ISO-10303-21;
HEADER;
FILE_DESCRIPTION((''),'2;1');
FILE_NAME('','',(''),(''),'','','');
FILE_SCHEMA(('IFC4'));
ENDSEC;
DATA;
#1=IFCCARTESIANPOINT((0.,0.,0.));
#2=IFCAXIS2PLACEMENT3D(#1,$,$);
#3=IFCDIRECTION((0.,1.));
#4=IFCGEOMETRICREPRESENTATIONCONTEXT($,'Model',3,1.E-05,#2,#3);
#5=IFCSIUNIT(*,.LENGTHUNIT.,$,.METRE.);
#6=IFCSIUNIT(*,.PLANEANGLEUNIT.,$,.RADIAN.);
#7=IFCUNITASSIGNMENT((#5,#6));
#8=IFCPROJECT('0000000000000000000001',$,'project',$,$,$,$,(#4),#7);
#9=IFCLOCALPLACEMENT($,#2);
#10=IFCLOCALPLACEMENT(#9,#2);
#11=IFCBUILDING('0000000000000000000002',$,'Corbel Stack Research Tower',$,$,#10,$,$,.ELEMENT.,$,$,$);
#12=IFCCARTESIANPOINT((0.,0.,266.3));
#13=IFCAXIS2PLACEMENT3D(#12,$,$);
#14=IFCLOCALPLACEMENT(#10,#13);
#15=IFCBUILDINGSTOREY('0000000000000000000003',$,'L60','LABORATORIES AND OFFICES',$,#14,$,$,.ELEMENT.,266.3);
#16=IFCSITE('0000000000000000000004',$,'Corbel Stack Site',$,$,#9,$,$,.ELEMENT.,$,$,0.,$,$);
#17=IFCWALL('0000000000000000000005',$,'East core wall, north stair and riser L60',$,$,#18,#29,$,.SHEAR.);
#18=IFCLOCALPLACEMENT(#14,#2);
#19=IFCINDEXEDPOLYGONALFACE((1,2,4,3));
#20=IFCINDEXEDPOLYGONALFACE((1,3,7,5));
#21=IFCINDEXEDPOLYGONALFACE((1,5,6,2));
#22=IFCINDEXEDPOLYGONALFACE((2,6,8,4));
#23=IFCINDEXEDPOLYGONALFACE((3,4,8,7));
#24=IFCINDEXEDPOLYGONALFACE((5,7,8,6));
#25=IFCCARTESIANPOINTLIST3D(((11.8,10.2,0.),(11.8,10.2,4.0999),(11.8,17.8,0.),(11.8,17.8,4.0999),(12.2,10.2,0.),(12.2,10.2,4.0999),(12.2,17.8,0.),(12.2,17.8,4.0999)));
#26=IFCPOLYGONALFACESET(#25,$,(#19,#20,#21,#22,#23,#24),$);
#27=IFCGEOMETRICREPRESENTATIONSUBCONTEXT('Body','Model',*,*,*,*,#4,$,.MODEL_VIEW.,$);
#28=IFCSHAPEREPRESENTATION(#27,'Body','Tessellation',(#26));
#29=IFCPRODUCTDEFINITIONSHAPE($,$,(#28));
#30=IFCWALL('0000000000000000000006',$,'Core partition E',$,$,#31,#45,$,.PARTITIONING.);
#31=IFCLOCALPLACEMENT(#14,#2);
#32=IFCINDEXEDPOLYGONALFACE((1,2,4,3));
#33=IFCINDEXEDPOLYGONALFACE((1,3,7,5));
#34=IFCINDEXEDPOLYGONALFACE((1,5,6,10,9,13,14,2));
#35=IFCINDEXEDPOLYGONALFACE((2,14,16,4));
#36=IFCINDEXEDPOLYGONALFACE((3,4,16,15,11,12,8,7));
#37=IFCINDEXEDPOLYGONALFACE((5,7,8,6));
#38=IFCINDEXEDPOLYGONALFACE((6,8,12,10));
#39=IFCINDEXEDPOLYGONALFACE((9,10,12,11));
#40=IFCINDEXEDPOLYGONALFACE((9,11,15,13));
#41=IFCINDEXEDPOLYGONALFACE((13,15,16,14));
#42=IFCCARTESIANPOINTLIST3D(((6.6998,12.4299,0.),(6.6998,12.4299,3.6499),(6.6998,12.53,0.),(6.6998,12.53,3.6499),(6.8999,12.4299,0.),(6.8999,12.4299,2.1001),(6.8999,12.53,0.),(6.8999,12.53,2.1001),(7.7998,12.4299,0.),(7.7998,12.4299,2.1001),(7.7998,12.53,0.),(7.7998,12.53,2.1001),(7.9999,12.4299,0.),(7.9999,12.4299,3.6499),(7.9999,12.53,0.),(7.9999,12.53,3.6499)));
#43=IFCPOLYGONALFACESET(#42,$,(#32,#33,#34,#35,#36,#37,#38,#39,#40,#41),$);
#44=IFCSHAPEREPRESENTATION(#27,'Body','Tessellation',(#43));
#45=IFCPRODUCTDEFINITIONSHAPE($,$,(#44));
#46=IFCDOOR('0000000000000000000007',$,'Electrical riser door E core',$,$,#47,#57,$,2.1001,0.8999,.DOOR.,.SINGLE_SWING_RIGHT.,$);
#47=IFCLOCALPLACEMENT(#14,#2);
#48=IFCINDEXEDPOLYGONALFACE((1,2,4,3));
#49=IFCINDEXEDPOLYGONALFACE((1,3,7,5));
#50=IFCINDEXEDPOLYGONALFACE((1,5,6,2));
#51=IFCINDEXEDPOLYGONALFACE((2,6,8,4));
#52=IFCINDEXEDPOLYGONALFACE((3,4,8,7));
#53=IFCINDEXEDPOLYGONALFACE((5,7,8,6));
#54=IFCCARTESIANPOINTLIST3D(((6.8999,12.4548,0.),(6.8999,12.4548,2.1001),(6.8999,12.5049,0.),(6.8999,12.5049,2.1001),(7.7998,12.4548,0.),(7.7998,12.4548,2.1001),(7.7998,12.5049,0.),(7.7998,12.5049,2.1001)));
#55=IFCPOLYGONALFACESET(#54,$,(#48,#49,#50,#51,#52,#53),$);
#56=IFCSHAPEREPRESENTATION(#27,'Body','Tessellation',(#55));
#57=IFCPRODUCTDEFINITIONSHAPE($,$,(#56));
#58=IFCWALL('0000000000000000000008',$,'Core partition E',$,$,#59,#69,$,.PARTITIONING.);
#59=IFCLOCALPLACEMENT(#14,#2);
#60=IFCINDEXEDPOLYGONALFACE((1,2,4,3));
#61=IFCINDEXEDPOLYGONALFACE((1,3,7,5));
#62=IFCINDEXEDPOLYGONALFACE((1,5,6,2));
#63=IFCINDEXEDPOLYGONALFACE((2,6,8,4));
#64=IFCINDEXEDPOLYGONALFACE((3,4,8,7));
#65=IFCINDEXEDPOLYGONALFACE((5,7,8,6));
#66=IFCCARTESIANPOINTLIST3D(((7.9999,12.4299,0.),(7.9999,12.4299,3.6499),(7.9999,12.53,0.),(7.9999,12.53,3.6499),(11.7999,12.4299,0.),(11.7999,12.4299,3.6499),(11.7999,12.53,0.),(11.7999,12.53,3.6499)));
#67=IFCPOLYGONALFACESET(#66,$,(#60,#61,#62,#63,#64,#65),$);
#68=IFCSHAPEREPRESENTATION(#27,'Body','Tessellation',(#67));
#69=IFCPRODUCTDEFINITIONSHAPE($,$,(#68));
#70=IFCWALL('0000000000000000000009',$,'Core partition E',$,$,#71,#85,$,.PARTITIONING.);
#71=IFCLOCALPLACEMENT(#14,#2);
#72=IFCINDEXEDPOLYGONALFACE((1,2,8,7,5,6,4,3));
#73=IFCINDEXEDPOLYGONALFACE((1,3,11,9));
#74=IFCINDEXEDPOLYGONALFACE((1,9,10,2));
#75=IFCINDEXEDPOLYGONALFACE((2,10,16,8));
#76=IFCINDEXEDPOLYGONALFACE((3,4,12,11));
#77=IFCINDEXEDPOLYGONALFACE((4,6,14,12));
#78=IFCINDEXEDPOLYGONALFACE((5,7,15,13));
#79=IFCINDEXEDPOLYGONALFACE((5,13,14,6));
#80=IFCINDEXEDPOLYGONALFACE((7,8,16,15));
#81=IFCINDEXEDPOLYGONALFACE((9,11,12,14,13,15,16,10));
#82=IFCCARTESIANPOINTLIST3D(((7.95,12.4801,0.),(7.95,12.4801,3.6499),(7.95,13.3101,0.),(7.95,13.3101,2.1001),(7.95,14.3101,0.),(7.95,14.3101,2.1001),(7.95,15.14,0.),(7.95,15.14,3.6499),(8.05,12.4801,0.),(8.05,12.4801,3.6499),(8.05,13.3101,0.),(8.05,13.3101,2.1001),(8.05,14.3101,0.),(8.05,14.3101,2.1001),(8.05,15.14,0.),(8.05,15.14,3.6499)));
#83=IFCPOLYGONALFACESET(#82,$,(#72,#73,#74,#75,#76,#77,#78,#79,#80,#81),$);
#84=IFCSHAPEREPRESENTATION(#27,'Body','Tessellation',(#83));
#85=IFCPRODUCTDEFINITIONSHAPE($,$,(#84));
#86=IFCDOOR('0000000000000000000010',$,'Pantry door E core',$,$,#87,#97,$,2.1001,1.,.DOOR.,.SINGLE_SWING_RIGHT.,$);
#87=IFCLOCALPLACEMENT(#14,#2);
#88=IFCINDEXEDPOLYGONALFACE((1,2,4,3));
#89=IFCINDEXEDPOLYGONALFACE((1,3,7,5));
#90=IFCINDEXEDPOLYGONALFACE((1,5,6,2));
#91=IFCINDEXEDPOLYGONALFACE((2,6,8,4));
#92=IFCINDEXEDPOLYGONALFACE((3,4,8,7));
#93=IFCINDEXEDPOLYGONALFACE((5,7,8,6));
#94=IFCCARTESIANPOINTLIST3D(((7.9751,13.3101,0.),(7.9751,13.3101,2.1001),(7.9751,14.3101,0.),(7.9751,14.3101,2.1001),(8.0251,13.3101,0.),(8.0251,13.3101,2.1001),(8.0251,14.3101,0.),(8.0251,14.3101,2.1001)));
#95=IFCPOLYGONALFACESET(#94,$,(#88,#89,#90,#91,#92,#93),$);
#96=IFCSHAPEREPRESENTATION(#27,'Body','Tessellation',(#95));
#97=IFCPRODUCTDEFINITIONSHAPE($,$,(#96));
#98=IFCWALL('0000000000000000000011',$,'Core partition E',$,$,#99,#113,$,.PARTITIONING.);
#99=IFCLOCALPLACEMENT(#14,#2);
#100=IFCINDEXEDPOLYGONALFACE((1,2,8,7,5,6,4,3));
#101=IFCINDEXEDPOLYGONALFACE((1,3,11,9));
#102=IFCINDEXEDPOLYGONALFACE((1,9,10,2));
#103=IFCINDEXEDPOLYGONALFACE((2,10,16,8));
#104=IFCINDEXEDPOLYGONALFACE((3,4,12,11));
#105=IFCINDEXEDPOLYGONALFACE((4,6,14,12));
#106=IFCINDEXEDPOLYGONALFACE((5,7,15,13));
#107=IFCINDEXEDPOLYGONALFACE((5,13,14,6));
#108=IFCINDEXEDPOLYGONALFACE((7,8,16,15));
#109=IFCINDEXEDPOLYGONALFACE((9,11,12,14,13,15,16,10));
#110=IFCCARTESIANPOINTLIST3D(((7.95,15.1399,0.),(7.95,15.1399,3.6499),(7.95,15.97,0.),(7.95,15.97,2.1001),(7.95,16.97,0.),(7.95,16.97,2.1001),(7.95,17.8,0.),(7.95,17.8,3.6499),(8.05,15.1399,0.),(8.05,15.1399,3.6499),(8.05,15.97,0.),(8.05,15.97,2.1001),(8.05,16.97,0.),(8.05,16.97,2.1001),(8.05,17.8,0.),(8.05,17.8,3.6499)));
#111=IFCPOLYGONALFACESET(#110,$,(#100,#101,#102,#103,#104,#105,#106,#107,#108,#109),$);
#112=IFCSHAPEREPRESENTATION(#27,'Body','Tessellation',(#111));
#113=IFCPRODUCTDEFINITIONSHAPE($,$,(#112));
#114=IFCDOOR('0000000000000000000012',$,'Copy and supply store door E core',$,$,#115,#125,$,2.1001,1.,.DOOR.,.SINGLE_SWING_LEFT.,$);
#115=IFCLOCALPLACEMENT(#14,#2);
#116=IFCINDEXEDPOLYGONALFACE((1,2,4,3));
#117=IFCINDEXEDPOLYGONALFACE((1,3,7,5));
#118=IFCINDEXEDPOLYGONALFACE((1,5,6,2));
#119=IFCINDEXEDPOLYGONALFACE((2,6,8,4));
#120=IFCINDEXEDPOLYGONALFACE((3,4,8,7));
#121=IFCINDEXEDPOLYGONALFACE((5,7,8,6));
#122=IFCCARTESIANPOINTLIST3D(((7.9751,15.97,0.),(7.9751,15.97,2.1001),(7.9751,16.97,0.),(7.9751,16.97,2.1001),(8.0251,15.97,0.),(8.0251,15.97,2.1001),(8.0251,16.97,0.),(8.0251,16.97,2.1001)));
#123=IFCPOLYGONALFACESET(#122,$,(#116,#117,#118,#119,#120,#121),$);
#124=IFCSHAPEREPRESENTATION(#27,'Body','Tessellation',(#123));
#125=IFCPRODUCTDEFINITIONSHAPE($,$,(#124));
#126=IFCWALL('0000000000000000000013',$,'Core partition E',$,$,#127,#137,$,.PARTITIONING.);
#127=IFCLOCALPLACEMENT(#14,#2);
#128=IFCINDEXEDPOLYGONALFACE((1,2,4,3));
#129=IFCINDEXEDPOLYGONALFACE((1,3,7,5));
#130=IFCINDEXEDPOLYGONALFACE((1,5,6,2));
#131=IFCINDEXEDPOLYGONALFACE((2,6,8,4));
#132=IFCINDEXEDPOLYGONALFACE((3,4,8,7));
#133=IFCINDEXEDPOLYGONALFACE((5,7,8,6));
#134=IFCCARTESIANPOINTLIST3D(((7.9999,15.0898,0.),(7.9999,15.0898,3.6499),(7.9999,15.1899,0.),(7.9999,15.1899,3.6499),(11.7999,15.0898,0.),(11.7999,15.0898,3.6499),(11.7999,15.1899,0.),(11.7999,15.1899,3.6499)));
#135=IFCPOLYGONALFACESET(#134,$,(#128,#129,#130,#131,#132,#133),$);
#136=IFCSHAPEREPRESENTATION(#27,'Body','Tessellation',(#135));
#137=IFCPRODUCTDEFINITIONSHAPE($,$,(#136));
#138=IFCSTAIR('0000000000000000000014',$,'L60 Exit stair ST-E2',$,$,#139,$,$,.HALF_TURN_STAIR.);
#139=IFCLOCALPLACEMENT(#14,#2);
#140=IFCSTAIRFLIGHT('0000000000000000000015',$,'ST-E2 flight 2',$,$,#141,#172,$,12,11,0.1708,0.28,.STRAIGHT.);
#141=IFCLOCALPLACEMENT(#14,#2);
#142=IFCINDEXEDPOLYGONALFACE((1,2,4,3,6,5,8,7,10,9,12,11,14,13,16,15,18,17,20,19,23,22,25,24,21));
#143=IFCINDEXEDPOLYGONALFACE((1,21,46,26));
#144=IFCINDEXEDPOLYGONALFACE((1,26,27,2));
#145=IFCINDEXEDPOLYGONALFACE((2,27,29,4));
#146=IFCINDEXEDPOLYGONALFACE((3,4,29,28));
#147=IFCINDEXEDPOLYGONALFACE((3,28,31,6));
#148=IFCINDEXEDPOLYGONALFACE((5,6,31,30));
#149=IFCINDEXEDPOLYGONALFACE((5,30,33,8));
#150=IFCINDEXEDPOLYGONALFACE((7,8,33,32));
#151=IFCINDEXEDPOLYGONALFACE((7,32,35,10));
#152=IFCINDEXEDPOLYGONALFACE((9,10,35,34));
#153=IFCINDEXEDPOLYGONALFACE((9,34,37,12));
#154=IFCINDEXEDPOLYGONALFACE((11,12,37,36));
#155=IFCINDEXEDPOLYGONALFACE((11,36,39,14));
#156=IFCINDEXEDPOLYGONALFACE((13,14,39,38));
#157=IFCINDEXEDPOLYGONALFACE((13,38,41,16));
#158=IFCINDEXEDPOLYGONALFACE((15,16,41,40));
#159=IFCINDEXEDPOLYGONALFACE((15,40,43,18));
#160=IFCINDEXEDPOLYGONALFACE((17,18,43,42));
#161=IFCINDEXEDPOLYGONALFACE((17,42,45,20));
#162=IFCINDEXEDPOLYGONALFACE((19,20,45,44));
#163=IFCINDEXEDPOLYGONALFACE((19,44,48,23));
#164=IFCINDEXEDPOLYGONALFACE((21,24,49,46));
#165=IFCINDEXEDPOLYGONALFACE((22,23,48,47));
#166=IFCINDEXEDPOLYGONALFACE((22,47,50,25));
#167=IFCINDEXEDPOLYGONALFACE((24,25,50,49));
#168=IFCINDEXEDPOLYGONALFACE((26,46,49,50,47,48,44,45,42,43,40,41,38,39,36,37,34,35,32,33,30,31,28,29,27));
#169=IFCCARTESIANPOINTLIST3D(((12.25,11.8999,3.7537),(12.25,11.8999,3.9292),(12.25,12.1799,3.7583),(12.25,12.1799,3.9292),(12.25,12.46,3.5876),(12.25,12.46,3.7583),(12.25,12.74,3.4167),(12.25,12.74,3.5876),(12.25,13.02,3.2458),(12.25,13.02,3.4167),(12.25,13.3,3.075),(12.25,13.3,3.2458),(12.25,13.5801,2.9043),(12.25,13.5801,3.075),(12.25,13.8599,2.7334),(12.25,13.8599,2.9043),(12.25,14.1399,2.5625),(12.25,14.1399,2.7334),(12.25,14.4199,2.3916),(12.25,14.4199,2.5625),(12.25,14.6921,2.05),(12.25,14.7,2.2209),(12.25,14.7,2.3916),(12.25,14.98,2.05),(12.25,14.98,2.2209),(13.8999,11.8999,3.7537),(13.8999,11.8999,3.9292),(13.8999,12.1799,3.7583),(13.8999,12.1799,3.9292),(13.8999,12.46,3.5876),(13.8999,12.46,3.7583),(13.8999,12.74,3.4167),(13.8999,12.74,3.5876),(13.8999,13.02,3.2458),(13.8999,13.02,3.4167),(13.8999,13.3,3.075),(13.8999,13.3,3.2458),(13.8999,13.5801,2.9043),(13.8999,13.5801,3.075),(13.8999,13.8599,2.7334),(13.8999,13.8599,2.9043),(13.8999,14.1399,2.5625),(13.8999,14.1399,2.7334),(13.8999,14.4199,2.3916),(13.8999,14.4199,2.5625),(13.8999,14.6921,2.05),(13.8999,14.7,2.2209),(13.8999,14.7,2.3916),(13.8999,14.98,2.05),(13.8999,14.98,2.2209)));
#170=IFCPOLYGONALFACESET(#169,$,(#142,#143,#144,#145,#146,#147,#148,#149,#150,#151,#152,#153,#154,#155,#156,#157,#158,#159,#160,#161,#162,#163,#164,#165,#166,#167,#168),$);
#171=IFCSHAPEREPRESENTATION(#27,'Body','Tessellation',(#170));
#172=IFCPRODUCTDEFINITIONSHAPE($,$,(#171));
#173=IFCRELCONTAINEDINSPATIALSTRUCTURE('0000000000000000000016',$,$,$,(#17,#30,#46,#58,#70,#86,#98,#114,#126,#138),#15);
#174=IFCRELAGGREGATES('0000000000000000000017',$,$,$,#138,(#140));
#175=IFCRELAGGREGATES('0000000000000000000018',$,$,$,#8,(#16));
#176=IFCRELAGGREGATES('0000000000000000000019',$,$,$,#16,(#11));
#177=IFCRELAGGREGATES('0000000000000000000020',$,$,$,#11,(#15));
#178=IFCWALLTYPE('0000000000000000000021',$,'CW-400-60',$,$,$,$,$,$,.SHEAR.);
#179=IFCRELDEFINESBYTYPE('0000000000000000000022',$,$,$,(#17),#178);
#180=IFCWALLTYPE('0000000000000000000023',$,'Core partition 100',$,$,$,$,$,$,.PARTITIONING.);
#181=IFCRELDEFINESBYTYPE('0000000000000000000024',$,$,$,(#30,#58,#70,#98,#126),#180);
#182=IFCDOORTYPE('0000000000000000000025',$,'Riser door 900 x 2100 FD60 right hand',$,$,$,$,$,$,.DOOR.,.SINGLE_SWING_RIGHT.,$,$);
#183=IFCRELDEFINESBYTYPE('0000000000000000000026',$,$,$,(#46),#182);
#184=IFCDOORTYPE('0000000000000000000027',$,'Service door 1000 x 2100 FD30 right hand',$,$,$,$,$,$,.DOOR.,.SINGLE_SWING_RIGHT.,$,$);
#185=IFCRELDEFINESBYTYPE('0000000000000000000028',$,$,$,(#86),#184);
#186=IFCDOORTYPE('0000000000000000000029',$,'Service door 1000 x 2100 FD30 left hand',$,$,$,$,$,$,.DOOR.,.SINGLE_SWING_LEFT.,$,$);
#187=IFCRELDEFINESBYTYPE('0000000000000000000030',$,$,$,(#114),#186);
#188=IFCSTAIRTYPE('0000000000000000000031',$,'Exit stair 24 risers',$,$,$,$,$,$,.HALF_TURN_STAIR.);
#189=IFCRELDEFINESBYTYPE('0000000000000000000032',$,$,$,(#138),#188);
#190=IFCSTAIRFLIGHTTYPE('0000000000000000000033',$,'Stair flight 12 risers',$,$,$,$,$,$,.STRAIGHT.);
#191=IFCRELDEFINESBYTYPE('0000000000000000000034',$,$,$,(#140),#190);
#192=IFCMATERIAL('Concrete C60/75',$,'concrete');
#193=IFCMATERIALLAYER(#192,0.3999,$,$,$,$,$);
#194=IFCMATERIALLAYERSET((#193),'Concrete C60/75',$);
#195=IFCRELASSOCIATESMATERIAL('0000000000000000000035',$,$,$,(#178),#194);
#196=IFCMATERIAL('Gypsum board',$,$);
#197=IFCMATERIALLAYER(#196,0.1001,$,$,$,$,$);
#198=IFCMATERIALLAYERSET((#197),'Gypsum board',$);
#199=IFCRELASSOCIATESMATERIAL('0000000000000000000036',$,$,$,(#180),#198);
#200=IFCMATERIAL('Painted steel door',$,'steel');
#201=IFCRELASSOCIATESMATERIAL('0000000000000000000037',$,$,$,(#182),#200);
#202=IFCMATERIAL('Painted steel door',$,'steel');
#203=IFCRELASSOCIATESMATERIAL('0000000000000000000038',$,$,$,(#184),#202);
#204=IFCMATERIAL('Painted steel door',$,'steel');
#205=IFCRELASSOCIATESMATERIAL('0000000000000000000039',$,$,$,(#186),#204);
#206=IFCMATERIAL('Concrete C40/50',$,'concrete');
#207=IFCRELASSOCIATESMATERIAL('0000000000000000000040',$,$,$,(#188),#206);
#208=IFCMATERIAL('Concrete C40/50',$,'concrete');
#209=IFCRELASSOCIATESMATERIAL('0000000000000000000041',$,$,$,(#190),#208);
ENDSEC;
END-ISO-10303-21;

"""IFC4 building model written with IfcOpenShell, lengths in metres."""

from ifc_helpers import new_model, si_unit, direction, frame, frame_2d, origin, place, context, subcontext, project, spatial, polyline, rectangle, outline, extrude, material, layer, layer_set, type_object, element, fill, aggregate, save


model = new_model("IFC4")

# Units and contexts
model_context = context("Model", 3, precision=1e-05, world=origin(), true_north=direction((0.0, 1.0)))
body_context = subcontext(model_context, "Body", "Model", "MODEL_VIEW")
ifc_project = project(units=[si_unit("LENGTHUNIT", "METRE"), si_unit("PLANEANGLEUNIT", "RADIAN")], contexts=[model_context])

# Site, building, storey
site_placement = place(None, origin())
site = spatial("IfcSite", under=ifc_project, at=site_placement, Name="Corbel Stack Site", CompositionType="ELEMENT", RefElevation=0.0)
building_placement = place(site_placement, origin())
building = spatial("IfcBuilding", under=site, at=building_placement, Name="Corbel Stack Research Tower", CompositionType="ELEMENT")
storey_placement = place(building_placement, frame((0.0, 0.0, 266.3)))
storey = spatial("IfcBuildingStorey", under=building, at=storey_placement, Name="L60", Description="LABORATORIES AND OFFICES", CompositionType="ELEMENT", Elevation=266.3)

# Wall
ifc_material_1 = material(Name="Concrete C60/75", Category="concrete")
ifc_layer_1 = layer(ifc_material_1, 0.3999)
ifc_layer_set_1 = layer_set([ifc_layer_1], Name="Concrete C60/75")
wall_type_1 = type_object("IfcWallType", Name="CW-400-60", PredefinedType="SHEAR", material=ifc_layer_set_1)
wall_1_placement = place(storey_placement, frame((12.0, 10.2, 0.0), z_axis=(0.0, 0.0, 1.0), x_axis=(0.0, 1.0, 0.0)))
element("IfcWall", 1, at=wall_1_placement, inside=storey, type_object=wall_type_1, Name="East core wall, north stair and riser L60", PredefinedType="SHEAR", context=body_context, shape_type="SweptSolid", body=[
    extrude(rectangle(XDim=7.6001, YDim=0.3999, at=frame_2d((3.8, 0.0))), origin(), (0.0, 0.0, 1.0), 4.0999),
])

# Wall, opening, door
ifc_material_2 = material(Name="Gypsum board")
ifc_layer_2 = layer(ifc_material_2, 0.1001)
ifc_layer_set_2 = layer_set([ifc_layer_2], Name="Gypsum board")
wall_type_2 = type_object("IfcWallType", Name="Core partition 100", PredefinedType="PARTITIONING", material=ifc_layer_set_2)
wall_2_placement = place(storey_placement, frame((6.7, 12.48, 0.0), z_axis=(0.0, 0.0, 1.0), x_axis=(1.0, 0.0, 0.0)))
wall_2 = element("IfcWall", 2, at=wall_2_placement, inside=storey, type_object=wall_type_2, Name="Core partition E", PredefinedType="PARTITIONING", context=body_context, shape_type="SweptSolid", body=[
    extrude(rectangle(XDim=1.3, YDim=0.1001, at=frame_2d((0.6499, 0.0))), origin(), (0.0, 0.0, 1.0), 3.6499),
])
opening_1_placement = place(wall_2_placement, frame((0.2, 0.0, 0.0)))
opening_1 = element("IfcOpeningElement", 3, at=opening_1_placement, cuts=wall_2, PredefinedType="OPENING", context=body_context, shape_type="SweptSolid", body=[
    extrude(rectangle(XDim=0.8999, YDim=2.1001, at=frame_2d((0.45, 1.05))), frame((0.0, 0.0601, 0.0), z_axis=(0.0, -1.0, 0.0), x_axis=(1.0, 0.0, 0.0)), (0.0, 0.0, 1.0), 0.1201),
])
ifc_material_3 = material(Name="Painted steel door", Category="steel")
door_type_1 = type_object("IfcDoorType", Name="Riser door 900 x 2100 FD60 right hand", OperationType="SINGLE_SWING_RIGHT", PredefinedType="DOOR", material=ifc_material_3)
door_1_placement = place(opening_1_placement, origin())
door_1 = element("IfcDoor", 4, at=door_1_placement, inside=storey, type_object=door_type_1, Name="Electrical riser door E core", OperationType="SINGLE_SWING_RIGHT", OverallHeight=2.1001, OverallWidth=0.8999, PredefinedType="DOOR", context=body_context, shape_type="SweptSolid", body=[
    extrude(rectangle(XDim=0.8999, YDim=2.1001, at=frame_2d((0.45, 1.05))), frame((0.0, 0.0249, 0.0), z_axis=(0.0, -1.0, 0.0), x_axis=(1.0, 0.0, 0.0)), (0.0, 0.0, 1.0), 0.05),
])
fill(opening_1, door_1)

# Wall
wall_3_placement = place(storey_placement, frame((8.0, 12.48, 0.0), z_axis=(0.0, 0.0, 1.0), x_axis=(1.0, 0.0, 0.0)))
element("IfcWall", 5, at=wall_3_placement, inside=storey, type_object=wall_type_2, Name="Core partition E", PredefinedType="PARTITIONING", context=body_context, shape_type="SweptSolid", body=[
    extrude(rectangle(XDim=3.8, YDim=0.1001, at=frame_2d((1.8999, 0.0))), origin(), (0.0, 0.0, 1.0), 3.6499),
])

# Walls, openings, doors
wall_4_placement = place(storey_placement, frame((8.0, 12.48, 0.0), z_axis=(0.0, 0.0, 1.0), x_axis=(0.0, 1.0, 0.0)))
wall_4 = element("IfcWall", 6, at=wall_4_placement, inside=storey, type_object=wall_type_2, Name="Core partition E", PredefinedType="PARTITIONING", context=body_context, shape_type="SweptSolid", body=[
    extrude(rectangle(XDim=2.6599, YDim=0.1001, at=frame_2d((1.3301, 0.0))), origin(), (0.0, 0.0, 1.0), 3.6499),
])
opening_2_placement = place(wall_4_placement, frame((0.8301, 0.0, 0.0)))
opening_2 = element("IfcOpeningElement", 7, at=opening_2_placement, cuts=wall_4, PredefinedType="OPENING", context=body_context, shape_type="SweptSolid", body=[
    extrude(rectangle(XDim=1.0, YDim=2.1001, at=frame_2d((0.5, 1.05))), frame((0.0, 0.0601, 0.0), z_axis=(0.0, -1.0, 0.0), x_axis=(1.0, 0.0, 0.0)), (0.0, 0.0, 1.0), 0.1201),
])
ifc_material_4 = material(Name="Painted steel door", Category="steel")
door_type_2 = type_object("IfcDoorType", Name="Service door 1000 x 2100 FD30 right hand", OperationType="SINGLE_SWING_RIGHT", PredefinedType="DOOR", material=ifc_material_4)
door_2_placement = place(opening_2_placement, origin())
door_2 = element("IfcDoor", 8, at=door_2_placement, inside=storey, type_object=door_type_2, Name="Pantry door E core", OperationType="SINGLE_SWING_RIGHT", OverallHeight=2.1001, OverallWidth=1.0, PredefinedType="DOOR", context=body_context, shape_type="SweptSolid", body=[
    extrude(rectangle(XDim=1.0, YDim=2.1001, at=frame_2d((0.5, 1.05))), frame((0.0, 0.0249, 0.0), z_axis=(0.0, -1.0, 0.0), x_axis=(1.0, 0.0, 0.0)), (0.0, 0.0, 1.0), 0.05),
])
fill(opening_2, door_2)
wall_5_placement = place(storey_placement, frame((8.0, 15.1399, 0.0), z_axis=(0.0, 0.0, 1.0), x_axis=(0.0, 1.0, 0.0)))
wall_5 = element("IfcWall", 9, at=wall_5_placement, inside=storey, type_object=wall_type_2, Name="Core partition E", PredefinedType="PARTITIONING", context=body_context, shape_type="SweptSolid", body=[
    extrude(rectangle(XDim=2.6602, YDim=0.1001, at=frame_2d((1.3301, 0.0))), origin(), (0.0, 0.0, 1.0), 3.6499),
])
opening_3_placement = place(wall_5_placement, frame((0.8301, 0.0, 0.0)))
opening_3 = element("IfcOpeningElement", 10, at=opening_3_placement, cuts=wall_5, PredefinedType="OPENING", context=body_context, shape_type="SweptSolid", body=[
    extrude(rectangle(XDim=1.0, YDim=2.1001, at=frame_2d((0.5, 1.05))), frame((0.0, 0.0601, 0.0), z_axis=(0.0, -1.0, 0.0), x_axis=(1.0, 0.0, 0.0)), (0.0, 0.0, 1.0), 0.1201),
])
ifc_material_5 = material(Name="Painted steel door", Category="steel")
door_type_3 = type_object("IfcDoorType", Name="Service door 1000 x 2100 FD30 left hand", OperationType="SINGLE_SWING_LEFT", PredefinedType="DOOR", material=ifc_material_5)
door_3_placement = place(opening_3_placement, origin())
door_3 = element("IfcDoor", 11, at=door_3_placement, inside=storey, type_object=door_type_3, Name="Copy and supply store door E core", OperationType="SINGLE_SWING_LEFT", OverallHeight=2.1001, OverallWidth=1.0, PredefinedType="DOOR", context=body_context, shape_type="SweptSolid", body=[
    extrude(rectangle(XDim=1.0, YDim=2.1001, at=frame_2d((0.5, 1.05))), frame((0.0, 0.0249, 0.0), z_axis=(0.0, -1.0, 0.0), x_axis=(1.0, 0.0, 0.0)), (0.0, 0.0, 1.0), 0.05),
])
fill(opening_3, door_3)

# Wall
wall_6_placement = place(storey_placement, frame((8.0, 15.1399, 0.0), z_axis=(0.0, 0.0, 1.0), x_axis=(1.0, 0.0, 0.0)))
element("IfcWall", 12, at=wall_6_placement, inside=storey, type_object=wall_type_2, Name="Core partition E", PredefinedType="PARTITIONING", context=body_context, shape_type="SweptSolid", body=[
    extrude(rectangle(XDim=3.8, YDim=0.1001, at=frame_2d((1.8999, 0.0))), origin(), (0.0, 0.0, 1.0), 3.6499),
])

# Stair, stair flight
ifc_material_6 = material(Name="Concrete C40/50", Category="concrete")
stair_type = type_object("IfcStairType", Name="Exit stair 24 risers", PredefinedType="HALF_TURN_STAIR", material=ifc_material_6)
stair_placement = place(storey_placement, origin())
stair = element("IfcStair", 13, at=stair_placement, inside=storey, type_object=stair_type, Name="L60 Exit stair ST-E2", PredefinedType="HALF_TURN_STAIR")
ifc_material_7 = material(Name="Concrete C40/50", Category="concrete")
stair_flight_type = type_object("IfcStairFlightType", Name="Stair flight 12 risers", PredefinedType="STRAIGHT", material=ifc_material_7)
stair_flight_placement = place(storey_placement, frame((13.075, 14.98, 2.05), z_axis=(0.0, 0.0, 1.0), x_axis=(0.0, -1.0, 0.0)))
stair_flight = element("IfcStairFlight", 14, at=stair_flight_placement, type_object=stair_flight_type, Name="ST-E2 flight 2", NumberOfRisers=12, NumberOfTreads=11, PredefinedType="STRAIGHT", RiserHeight=0.1708, TreadLength=0.28, context=body_context, shape_type="SweptSolid", body=[
    extrude(outline(polyline([(0.0, 0.0), (0.0, 0.1709), (0.28, 0.1709), (0.28, 0.3416), (0.5601, 0.3416), (0.5601, 0.5125), (0.8401, 0.5125), (0.8401, 0.6833), (1.1201, 0.6833), (1.1201, 0.8542), (1.3999, 0.8542), (1.3999, 1.0249), (1.6799, 1.0249), (1.6799, 1.1958), (1.96, 1.1958), (1.96, 1.3667), (2.24, 1.3667), (2.24, 1.5376), (2.52, 1.5376), (2.52, 1.7083), (2.8, 1.7083), (2.8, 1.8792), (3.0801, 1.8792), (3.0801, 2.05), (3.0801, 1.7036), (0.2878, 0.0), (0.0, 0.0)])), frame((0.0, 0.825, 0.0), z_axis=(0.0, -1.0, 0.0), x_axis=(1.0, 0.0, 0.0)), (0.0, 0.0, 1.0), 1.6499),
])
aggregate(stair, [stair_flight])

save(model, "model.ifc")
